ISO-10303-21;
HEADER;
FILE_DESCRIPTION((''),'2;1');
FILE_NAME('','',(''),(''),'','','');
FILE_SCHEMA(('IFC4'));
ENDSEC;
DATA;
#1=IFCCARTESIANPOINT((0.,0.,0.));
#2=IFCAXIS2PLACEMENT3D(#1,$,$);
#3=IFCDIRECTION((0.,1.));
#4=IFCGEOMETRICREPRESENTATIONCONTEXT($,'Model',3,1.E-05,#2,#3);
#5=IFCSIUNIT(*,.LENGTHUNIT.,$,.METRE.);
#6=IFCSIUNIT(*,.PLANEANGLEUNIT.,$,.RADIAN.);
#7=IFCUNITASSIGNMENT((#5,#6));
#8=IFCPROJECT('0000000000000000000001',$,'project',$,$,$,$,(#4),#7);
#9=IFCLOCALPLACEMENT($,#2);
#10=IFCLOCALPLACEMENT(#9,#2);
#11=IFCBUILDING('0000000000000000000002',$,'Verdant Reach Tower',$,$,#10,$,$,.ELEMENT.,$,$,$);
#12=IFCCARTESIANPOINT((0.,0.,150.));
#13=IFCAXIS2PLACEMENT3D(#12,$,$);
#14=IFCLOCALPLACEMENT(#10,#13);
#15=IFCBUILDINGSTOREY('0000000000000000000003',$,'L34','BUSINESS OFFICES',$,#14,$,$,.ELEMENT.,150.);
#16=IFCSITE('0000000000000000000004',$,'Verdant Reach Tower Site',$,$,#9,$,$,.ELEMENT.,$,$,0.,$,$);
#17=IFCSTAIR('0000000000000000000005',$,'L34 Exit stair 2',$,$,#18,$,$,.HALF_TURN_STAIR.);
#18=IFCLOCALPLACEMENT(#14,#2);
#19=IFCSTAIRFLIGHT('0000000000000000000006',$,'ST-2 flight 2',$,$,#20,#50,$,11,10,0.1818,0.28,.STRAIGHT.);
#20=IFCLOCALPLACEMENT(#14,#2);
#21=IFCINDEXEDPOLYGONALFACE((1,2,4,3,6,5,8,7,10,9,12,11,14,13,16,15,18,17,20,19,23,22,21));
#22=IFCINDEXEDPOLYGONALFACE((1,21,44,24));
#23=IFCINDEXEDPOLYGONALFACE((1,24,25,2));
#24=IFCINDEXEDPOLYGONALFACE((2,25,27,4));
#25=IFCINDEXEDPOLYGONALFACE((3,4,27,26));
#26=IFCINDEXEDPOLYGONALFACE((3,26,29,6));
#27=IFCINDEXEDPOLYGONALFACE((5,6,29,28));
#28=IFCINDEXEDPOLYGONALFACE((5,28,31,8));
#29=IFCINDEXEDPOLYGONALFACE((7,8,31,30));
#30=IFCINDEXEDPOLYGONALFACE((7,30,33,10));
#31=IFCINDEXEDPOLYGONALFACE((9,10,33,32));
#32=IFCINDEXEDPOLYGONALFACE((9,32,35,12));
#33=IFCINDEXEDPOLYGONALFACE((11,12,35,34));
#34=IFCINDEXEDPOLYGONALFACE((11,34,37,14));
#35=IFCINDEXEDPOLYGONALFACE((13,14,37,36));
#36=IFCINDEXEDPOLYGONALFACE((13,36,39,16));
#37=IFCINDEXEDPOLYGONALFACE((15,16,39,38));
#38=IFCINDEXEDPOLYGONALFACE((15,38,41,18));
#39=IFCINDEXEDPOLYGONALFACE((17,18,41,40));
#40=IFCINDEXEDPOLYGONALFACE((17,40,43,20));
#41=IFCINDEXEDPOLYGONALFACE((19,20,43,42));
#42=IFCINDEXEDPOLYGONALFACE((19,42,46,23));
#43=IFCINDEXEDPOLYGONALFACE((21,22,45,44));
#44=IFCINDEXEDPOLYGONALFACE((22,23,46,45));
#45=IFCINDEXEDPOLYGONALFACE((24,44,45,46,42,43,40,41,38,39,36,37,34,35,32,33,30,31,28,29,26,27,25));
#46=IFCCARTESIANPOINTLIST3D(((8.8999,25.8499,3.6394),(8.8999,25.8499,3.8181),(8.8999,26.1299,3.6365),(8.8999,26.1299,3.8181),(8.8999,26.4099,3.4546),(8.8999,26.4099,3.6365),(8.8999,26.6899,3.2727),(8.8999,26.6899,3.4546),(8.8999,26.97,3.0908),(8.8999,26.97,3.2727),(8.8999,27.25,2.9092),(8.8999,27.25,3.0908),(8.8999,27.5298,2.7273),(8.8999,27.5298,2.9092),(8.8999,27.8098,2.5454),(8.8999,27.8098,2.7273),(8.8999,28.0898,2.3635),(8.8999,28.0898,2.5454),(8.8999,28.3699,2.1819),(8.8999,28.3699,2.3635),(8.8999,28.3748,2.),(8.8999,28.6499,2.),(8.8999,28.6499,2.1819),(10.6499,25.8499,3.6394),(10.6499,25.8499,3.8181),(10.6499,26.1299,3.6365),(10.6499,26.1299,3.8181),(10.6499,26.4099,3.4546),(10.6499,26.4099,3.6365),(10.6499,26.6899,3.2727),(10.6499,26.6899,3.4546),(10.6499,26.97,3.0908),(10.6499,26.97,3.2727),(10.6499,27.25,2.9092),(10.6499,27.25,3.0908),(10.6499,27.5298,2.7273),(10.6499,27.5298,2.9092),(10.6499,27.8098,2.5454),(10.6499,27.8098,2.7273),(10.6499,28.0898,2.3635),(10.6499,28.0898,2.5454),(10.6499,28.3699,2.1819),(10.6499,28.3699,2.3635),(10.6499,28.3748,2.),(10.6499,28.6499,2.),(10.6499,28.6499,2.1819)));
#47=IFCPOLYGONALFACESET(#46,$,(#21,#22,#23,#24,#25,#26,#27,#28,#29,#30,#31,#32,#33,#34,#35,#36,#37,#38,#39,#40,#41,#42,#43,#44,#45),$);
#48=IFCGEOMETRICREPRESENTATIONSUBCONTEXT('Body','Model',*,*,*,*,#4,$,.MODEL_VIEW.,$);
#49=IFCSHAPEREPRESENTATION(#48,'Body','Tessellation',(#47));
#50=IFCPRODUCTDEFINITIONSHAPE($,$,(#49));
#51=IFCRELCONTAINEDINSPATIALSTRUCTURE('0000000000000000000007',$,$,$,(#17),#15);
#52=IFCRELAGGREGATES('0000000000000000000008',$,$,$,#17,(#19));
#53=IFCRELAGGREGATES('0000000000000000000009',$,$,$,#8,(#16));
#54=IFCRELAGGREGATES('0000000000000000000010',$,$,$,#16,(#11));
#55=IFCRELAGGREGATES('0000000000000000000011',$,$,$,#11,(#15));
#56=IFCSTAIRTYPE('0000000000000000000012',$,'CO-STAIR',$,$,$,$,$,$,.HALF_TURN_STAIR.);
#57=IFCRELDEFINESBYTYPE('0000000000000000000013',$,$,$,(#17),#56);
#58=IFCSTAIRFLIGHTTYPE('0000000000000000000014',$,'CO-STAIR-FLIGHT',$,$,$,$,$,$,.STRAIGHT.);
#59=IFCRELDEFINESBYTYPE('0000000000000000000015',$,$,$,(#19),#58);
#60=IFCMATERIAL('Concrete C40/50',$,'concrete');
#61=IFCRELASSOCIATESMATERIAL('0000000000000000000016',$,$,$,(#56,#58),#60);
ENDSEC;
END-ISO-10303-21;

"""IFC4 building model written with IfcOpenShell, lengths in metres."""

from ifc_helpers import new_model, si_unit, direction, frame, origin, place, context, subcontext, project, spatial, polyline, outline, extrude, material, type_object, element, aggregate, save


model = new_model("IFC4")

# Units and contexts
model_context = context("Model", 3, precision=1e-05, world=origin(), true_north=direction((0.0, 1.0)))
body_context = subcontext(model_context, "Body", "Model", "MODEL_VIEW")
ifc_project = project(units=[si_unit("LENGTHUNIT", "METRE"), si_unit("PLANEANGLEUNIT", "RADIAN")], contexts=[model_context])

# Site, building, storey
site_placement = place(None, origin())
site = spatial("IfcSite", under=ifc_project, at=site_placement, Name="Verdant Reach Tower Site", CompositionType="ELEMENT", RefElevation=0.0)
building_placement = place(site_placement, origin())
building = spatial("IfcBuilding", under=site, at=building_placement, Name="Verdant Reach Tower", CompositionType="ELEMENT")
storey_placement = place(building_placement, frame((0.0, 0.0, 150.0)))
storey = spatial("IfcBuildingStorey", under=building, at=storey_placement, Name="L34", Description="BUSINESS OFFICES", CompositionType="ELEMENT", Elevation=150.0)

# Shared definitions
ifc_material_1 = material(Name="Concrete C40/50", Category="concrete")

# Stair, stair flight
stair_type = type_object("IfcStairType", Name="CO-STAIR", PredefinedType="HALF_TURN_STAIR", material=ifc_material_1)
stair_placement = place(storey_placement, origin())
stair = element("IfcStair", 1, at=stair_placement, inside=storey, type_object=stair_type, Name="L34 Exit stair 2", PredefinedType="HALF_TURN_STAIR")
stair_flight_type = type_object("IfcStairFlightType", Name="CO-STAIR-FLIGHT", PredefinedType="STRAIGHT", material=ifc_material_1)
stair_flight_1_placement = place(storey_placement, frame((9.7749, 28.6499, 2.0), z_axis=(0.0, 0.0, 1.0), x_axis=(0.0, -1.0, 0.0)))
stair_flight_1 = element("IfcStairFlight", 2, at=stair_flight_1_placement, type_object=stair_flight_type, Name="ST-2 flight 2", NumberOfRisers=11, NumberOfTreads=10, PredefinedType="STRAIGHT", RiserHeight=0.1818, TreadLength=0.28, context=body_context, shape_type="SweptSolid", body=[
    extrude(outline(polyline([(0.0, 0.0), (0.0, 0.1819), (0.28, 0.1819), (0.28, 0.3635), (0.5601, 0.3635), (0.5601, 0.5454), (0.8401, 0.5454), (0.8401, 0.7273), (1.1201, 0.7273), (1.1201, 0.9092), (1.3999, 0.9092), (1.3999, 1.0908), (1.6799, 1.0908), (1.6799, 1.2727), (1.96, 1.2727), (1.96, 1.4546), (2.24, 1.4546), (2.24, 1.6365), (2.52, 1.6365), (2.52, 1.8181), (2.8, 1.8181), (2.8, 2.0), (2.8, 1.6394), (0.2751, 0.0), (0.0, 0.0)])), frame((0.0, 0.875, 0.0), z_axis=(0.0, -1.0, 0.0), x_axis=(1.0, 0.0, 0.0)), (0.0, 0.0, 1.0), 1.75),
])
aggregate(stair, [stair_flight_1])

save(model, "model.ifc")
